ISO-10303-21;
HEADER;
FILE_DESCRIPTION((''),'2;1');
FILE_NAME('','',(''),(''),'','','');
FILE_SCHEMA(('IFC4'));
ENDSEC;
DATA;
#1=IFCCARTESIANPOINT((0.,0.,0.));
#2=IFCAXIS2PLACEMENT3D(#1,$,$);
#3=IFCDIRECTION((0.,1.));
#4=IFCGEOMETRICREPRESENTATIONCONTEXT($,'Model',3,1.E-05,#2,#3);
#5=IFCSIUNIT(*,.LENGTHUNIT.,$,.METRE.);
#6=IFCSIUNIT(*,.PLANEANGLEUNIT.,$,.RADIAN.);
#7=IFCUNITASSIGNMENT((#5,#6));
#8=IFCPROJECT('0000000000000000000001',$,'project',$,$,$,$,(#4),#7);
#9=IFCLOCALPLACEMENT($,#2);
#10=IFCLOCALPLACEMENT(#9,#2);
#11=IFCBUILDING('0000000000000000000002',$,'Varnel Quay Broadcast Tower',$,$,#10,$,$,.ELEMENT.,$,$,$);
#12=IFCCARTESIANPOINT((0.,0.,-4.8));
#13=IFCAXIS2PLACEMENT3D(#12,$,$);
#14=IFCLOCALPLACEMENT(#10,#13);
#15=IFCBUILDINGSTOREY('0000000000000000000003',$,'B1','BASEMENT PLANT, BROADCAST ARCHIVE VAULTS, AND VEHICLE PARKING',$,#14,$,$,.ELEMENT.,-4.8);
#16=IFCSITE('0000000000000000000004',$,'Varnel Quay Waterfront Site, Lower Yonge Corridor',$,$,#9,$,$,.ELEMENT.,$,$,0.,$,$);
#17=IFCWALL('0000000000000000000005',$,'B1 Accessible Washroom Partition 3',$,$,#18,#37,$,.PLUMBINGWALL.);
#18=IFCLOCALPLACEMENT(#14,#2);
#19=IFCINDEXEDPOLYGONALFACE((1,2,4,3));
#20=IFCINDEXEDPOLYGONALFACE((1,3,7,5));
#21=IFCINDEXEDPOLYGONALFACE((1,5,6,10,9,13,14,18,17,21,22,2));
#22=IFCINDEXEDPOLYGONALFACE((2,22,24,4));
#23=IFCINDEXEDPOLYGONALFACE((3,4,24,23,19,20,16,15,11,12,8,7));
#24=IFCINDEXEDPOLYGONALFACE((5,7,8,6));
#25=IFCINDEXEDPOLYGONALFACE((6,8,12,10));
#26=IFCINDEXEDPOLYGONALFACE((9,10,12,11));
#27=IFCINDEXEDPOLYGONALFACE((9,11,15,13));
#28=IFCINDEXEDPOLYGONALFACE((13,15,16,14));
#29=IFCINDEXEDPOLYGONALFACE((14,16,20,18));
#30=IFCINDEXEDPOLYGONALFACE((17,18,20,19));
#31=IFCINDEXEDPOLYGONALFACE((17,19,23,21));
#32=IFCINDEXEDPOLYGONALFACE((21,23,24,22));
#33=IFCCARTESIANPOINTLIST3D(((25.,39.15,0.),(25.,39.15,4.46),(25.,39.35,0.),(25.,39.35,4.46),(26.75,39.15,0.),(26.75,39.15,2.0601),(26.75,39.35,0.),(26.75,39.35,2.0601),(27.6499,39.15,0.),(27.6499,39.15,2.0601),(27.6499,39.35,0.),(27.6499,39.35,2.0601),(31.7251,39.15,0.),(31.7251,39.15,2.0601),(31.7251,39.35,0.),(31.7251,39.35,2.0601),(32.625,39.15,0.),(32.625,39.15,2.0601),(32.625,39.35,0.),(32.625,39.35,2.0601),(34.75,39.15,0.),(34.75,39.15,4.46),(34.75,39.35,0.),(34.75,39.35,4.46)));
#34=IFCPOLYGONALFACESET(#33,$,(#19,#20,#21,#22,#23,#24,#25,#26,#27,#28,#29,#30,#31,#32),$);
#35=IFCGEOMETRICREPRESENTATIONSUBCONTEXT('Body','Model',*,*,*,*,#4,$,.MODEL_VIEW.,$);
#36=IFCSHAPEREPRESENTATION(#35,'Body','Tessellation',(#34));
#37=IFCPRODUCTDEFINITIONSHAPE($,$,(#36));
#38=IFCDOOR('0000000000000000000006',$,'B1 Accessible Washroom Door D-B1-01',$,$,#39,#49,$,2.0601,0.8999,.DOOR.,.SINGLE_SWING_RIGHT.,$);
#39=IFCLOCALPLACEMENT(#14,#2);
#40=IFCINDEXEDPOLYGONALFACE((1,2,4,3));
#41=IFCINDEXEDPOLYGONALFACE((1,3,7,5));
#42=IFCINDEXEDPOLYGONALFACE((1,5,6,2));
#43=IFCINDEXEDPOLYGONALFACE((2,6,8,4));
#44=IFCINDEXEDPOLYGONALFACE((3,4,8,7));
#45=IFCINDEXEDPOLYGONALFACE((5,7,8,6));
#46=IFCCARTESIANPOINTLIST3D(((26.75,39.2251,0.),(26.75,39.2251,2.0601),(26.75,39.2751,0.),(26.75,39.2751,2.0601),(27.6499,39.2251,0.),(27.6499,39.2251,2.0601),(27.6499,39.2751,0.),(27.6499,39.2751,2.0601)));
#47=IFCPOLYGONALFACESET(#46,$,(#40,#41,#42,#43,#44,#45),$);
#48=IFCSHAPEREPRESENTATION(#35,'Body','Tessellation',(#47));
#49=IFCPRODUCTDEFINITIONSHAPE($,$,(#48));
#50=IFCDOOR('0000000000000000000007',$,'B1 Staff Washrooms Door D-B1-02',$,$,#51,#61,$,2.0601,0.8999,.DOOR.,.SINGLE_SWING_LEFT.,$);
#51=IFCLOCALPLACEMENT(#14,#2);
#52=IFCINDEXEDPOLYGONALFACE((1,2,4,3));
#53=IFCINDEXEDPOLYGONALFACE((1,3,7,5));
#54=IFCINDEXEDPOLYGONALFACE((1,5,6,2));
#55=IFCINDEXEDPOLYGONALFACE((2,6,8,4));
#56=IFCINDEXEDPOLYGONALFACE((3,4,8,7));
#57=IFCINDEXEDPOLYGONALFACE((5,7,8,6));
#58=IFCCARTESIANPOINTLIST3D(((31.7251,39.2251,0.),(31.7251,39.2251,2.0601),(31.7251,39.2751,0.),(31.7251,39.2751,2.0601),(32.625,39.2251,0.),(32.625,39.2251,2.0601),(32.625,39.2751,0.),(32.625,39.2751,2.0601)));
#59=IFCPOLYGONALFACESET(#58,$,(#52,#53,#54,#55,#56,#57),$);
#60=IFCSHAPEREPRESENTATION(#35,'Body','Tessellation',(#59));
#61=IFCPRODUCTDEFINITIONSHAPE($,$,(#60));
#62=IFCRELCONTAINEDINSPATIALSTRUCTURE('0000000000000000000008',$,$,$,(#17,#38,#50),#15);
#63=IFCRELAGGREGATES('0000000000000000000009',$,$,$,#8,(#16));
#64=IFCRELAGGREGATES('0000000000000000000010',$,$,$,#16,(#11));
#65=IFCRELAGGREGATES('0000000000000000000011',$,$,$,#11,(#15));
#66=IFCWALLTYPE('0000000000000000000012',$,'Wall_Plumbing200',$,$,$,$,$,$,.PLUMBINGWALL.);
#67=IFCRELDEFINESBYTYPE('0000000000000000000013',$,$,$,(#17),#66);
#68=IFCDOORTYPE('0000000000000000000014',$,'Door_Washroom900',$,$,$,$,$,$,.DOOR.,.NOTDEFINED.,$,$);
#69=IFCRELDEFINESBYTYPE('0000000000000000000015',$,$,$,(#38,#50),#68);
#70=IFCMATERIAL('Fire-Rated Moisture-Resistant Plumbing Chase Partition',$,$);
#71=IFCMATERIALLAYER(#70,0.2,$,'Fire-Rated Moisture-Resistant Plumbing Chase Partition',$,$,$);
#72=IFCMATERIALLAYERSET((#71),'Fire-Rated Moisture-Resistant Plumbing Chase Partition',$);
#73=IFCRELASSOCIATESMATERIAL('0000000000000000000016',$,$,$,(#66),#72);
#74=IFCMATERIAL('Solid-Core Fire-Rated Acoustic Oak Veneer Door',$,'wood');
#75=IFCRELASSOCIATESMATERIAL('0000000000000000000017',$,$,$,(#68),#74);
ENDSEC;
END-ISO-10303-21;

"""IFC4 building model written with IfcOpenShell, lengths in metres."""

from ifc_helpers import new_model, si_unit, direction, frame, frame_2d, origin, place, context, subcontext, project, spatial, rectangle, extrude, source, transform, mapped, material, layer, layer_set, type_object, type_shapes, element, fill, save


model = new_model("IFC4")

# Units and contexts
model_context = context("Model", 3, precision=1e-05, world=origin(), true_north=direction((0.0, 1.0)))
body_context = subcontext(model_context, "Body", "Model", "MODEL_VIEW")
ifc_project = project(units=[si_unit("LENGTHUNIT", "METRE"), si_unit("PLANEANGLEUNIT", "RADIAN")], contexts=[model_context])

# Site, building, storey
site_placement = place(None, origin())
site = spatial("IfcSite", under=ifc_project, at=site_placement, Name="Varnel Quay Waterfront Site, Lower Yonge Corridor", CompositionType="ELEMENT", RefElevation=0.0)
building_placement = place(site_placement, origin())
building = spatial("IfcBuilding", under=site, at=building_placement, Name="Varnel Quay Broadcast Tower", CompositionType="ELEMENT")
storey_placement = place(building_placement, frame((0.0, 0.0, -4.8)))
storey = spatial("IfcBuildingStorey", under=building, at=storey_placement, Name="B1", Description="BASEMENT PLANT, BROADCAST ARCHIVE VAULTS, AND VEHICLE PARKING", CompositionType="ELEMENT", Elevation=-4.8)

# Shared definitions
ifc_material_1 = material(Name="Fire-Rated Moisture-Resistant Plumbing Chase Partition")
ifc_layer_1 = layer(ifc_material_1, 0.2, Name="Fire-Rated Moisture-Resistant Plumbing Chase Partition")
ifc_layer_set_1 = layer_set([ifc_layer_1], Name="Fire-Rated Moisture-Resistant Plumbing Chase Partition")
wall_type_1 = type_object("IfcWallType", Name="Wall_Plumbing200", PredefinedType="PLUMBINGWALL", material=ifc_layer_set_1)

# Wall, openings, doors
wall_1_placement = place(storey_placement, frame((25.0, 39.25, 0.0), z_axis=(0.0, 0.0, 1.0), x_axis=(1.0, 0.0, 0.0)))
wall_1 = element("IfcWall", 1, at=wall_1_placement, inside=storey, type_object=wall_type_1, Name="B1 Accessible Washroom Partition 3", PredefinedType="PLUMBINGWALL", context=body_context, shape_type="SweptSolid", body=[
    extrude(rectangle(XDim=9.75, YDim=0.2, at=frame_2d((4.875, 0.0))), origin(), (0.0, 0.0, 1.0), 4.46),
])
opening_1_placement = place(wall_1_placement, frame((1.75, 0.0, 0.0)))
opening_1 = element("IfcOpeningElement", 2, at=opening_1_placement, cuts=wall_1, PredefinedType="OPENING", context=body_context, shape_type="SweptSolid", body=[
    extrude(rectangle(XDim=0.8999, YDim=2.0601, at=frame_2d((0.45, 1.03))), frame((0.0, 0.1099, 0.0), z_axis=(0.0, -1.0, 0.0), x_axis=(1.0, 0.0, 0.0)), (0.0, 0.0, 1.0), 0.22),
])
opening_2_placement = place(wall_1_placement, frame((6.7251, 0.0, 0.0)))
opening_2 = element("IfcOpeningElement", 3, at=opening_2_placement, cuts=wall_1, PredefinedType="OPENING", context=body_context, shape_type="SweptSolid", body=[
    extrude(rectangle(XDim=0.8999, YDim=2.0601, at=frame_2d((0.45, 1.03))), frame((0.0, 0.1099, 0.0), z_axis=(0.0, -1.0, 0.0), x_axis=(1.0, 0.0, 0.0)), (0.0, 0.0, 1.0), 0.22),
])
ifc_material_2 = material(Name="Solid-Core Fire-Rated Acoustic Oak Veneer Door", Category="wood")
door_type_1 = type_object("IfcDoorType", Name="Door_Washroom900", OperationType="NOTDEFINED", PredefinedType="DOOR", material=ifc_material_2)
shared_shape_1 = source(origin(), body_context, "Body", "SweptSolid", [
    extrude(rectangle(XDim=0.8999, YDim=2.0601, at=frame_2d((0.45, 1.03))), frame((0.0, 0.0249, 0.0), z_axis=(0.0, -1.0, 0.0), x_axis=(1.0, 0.0, 0.0)), (0.0, 0.0, 1.0), 0.05),
])
type_shapes(door_type_1, [shared_shape_1])
door_1_placement = place(opening_1_placement, frame((0.8999, 0.0, 0.0), z_axis=(0.0, 0.0, 1.0), x_axis=(-1.0, 0.0, 0.0)))
door_1 = element("IfcDoor", 4, at=door_1_placement, inside=storey, type_object=door_type_1, Name="B1 Accessible Washroom Door D-B1-01", OperationType="SINGLE_SWING_RIGHT", OverallHeight=2.0601, OverallWidth=0.8999, PredefinedType="DOOR", context=body_context, shape_type="MappedRepresentation", body=[
    mapped(shared_shape_1, transform((0.0, 0.0, 0.0), x_axis=(1.0, 0.0, 0.0), y_axis=(0.0, 1.0, 0.0), z_axis=(0.0, 0.0, 1.0), scale=1.0)),
])
fill(opening_1, door_1)
door_2_placement = place(opening_2_placement, frame((0.8999, 0.0, 0.0), z_axis=(0.0, 0.0, 1.0), x_axis=(-1.0, 0.0, 0.0)))
door_2 = element("IfcDoor", 5, at=door_2_placement, inside=storey, type_object=door_type_1, Name="B1 Staff Washrooms Door D-B1-02", OperationType="SINGLE_SWING_LEFT", OverallHeight=2.0601, OverallWidth=0.8999, PredefinedType="DOOR", context=body_context, shape_type="MappedRepresentation", body=[
    mapped(shared_shape_1, transform((0.0, 0.0, 0.0), x_axis=(1.0, 0.0, 0.0), y_axis=(0.0, 1.0, 0.0), z_axis=(0.0, 0.0, 1.0), scale=1.0)),
])
fill(opening_2, door_2)

save(model, "model.ifc")
